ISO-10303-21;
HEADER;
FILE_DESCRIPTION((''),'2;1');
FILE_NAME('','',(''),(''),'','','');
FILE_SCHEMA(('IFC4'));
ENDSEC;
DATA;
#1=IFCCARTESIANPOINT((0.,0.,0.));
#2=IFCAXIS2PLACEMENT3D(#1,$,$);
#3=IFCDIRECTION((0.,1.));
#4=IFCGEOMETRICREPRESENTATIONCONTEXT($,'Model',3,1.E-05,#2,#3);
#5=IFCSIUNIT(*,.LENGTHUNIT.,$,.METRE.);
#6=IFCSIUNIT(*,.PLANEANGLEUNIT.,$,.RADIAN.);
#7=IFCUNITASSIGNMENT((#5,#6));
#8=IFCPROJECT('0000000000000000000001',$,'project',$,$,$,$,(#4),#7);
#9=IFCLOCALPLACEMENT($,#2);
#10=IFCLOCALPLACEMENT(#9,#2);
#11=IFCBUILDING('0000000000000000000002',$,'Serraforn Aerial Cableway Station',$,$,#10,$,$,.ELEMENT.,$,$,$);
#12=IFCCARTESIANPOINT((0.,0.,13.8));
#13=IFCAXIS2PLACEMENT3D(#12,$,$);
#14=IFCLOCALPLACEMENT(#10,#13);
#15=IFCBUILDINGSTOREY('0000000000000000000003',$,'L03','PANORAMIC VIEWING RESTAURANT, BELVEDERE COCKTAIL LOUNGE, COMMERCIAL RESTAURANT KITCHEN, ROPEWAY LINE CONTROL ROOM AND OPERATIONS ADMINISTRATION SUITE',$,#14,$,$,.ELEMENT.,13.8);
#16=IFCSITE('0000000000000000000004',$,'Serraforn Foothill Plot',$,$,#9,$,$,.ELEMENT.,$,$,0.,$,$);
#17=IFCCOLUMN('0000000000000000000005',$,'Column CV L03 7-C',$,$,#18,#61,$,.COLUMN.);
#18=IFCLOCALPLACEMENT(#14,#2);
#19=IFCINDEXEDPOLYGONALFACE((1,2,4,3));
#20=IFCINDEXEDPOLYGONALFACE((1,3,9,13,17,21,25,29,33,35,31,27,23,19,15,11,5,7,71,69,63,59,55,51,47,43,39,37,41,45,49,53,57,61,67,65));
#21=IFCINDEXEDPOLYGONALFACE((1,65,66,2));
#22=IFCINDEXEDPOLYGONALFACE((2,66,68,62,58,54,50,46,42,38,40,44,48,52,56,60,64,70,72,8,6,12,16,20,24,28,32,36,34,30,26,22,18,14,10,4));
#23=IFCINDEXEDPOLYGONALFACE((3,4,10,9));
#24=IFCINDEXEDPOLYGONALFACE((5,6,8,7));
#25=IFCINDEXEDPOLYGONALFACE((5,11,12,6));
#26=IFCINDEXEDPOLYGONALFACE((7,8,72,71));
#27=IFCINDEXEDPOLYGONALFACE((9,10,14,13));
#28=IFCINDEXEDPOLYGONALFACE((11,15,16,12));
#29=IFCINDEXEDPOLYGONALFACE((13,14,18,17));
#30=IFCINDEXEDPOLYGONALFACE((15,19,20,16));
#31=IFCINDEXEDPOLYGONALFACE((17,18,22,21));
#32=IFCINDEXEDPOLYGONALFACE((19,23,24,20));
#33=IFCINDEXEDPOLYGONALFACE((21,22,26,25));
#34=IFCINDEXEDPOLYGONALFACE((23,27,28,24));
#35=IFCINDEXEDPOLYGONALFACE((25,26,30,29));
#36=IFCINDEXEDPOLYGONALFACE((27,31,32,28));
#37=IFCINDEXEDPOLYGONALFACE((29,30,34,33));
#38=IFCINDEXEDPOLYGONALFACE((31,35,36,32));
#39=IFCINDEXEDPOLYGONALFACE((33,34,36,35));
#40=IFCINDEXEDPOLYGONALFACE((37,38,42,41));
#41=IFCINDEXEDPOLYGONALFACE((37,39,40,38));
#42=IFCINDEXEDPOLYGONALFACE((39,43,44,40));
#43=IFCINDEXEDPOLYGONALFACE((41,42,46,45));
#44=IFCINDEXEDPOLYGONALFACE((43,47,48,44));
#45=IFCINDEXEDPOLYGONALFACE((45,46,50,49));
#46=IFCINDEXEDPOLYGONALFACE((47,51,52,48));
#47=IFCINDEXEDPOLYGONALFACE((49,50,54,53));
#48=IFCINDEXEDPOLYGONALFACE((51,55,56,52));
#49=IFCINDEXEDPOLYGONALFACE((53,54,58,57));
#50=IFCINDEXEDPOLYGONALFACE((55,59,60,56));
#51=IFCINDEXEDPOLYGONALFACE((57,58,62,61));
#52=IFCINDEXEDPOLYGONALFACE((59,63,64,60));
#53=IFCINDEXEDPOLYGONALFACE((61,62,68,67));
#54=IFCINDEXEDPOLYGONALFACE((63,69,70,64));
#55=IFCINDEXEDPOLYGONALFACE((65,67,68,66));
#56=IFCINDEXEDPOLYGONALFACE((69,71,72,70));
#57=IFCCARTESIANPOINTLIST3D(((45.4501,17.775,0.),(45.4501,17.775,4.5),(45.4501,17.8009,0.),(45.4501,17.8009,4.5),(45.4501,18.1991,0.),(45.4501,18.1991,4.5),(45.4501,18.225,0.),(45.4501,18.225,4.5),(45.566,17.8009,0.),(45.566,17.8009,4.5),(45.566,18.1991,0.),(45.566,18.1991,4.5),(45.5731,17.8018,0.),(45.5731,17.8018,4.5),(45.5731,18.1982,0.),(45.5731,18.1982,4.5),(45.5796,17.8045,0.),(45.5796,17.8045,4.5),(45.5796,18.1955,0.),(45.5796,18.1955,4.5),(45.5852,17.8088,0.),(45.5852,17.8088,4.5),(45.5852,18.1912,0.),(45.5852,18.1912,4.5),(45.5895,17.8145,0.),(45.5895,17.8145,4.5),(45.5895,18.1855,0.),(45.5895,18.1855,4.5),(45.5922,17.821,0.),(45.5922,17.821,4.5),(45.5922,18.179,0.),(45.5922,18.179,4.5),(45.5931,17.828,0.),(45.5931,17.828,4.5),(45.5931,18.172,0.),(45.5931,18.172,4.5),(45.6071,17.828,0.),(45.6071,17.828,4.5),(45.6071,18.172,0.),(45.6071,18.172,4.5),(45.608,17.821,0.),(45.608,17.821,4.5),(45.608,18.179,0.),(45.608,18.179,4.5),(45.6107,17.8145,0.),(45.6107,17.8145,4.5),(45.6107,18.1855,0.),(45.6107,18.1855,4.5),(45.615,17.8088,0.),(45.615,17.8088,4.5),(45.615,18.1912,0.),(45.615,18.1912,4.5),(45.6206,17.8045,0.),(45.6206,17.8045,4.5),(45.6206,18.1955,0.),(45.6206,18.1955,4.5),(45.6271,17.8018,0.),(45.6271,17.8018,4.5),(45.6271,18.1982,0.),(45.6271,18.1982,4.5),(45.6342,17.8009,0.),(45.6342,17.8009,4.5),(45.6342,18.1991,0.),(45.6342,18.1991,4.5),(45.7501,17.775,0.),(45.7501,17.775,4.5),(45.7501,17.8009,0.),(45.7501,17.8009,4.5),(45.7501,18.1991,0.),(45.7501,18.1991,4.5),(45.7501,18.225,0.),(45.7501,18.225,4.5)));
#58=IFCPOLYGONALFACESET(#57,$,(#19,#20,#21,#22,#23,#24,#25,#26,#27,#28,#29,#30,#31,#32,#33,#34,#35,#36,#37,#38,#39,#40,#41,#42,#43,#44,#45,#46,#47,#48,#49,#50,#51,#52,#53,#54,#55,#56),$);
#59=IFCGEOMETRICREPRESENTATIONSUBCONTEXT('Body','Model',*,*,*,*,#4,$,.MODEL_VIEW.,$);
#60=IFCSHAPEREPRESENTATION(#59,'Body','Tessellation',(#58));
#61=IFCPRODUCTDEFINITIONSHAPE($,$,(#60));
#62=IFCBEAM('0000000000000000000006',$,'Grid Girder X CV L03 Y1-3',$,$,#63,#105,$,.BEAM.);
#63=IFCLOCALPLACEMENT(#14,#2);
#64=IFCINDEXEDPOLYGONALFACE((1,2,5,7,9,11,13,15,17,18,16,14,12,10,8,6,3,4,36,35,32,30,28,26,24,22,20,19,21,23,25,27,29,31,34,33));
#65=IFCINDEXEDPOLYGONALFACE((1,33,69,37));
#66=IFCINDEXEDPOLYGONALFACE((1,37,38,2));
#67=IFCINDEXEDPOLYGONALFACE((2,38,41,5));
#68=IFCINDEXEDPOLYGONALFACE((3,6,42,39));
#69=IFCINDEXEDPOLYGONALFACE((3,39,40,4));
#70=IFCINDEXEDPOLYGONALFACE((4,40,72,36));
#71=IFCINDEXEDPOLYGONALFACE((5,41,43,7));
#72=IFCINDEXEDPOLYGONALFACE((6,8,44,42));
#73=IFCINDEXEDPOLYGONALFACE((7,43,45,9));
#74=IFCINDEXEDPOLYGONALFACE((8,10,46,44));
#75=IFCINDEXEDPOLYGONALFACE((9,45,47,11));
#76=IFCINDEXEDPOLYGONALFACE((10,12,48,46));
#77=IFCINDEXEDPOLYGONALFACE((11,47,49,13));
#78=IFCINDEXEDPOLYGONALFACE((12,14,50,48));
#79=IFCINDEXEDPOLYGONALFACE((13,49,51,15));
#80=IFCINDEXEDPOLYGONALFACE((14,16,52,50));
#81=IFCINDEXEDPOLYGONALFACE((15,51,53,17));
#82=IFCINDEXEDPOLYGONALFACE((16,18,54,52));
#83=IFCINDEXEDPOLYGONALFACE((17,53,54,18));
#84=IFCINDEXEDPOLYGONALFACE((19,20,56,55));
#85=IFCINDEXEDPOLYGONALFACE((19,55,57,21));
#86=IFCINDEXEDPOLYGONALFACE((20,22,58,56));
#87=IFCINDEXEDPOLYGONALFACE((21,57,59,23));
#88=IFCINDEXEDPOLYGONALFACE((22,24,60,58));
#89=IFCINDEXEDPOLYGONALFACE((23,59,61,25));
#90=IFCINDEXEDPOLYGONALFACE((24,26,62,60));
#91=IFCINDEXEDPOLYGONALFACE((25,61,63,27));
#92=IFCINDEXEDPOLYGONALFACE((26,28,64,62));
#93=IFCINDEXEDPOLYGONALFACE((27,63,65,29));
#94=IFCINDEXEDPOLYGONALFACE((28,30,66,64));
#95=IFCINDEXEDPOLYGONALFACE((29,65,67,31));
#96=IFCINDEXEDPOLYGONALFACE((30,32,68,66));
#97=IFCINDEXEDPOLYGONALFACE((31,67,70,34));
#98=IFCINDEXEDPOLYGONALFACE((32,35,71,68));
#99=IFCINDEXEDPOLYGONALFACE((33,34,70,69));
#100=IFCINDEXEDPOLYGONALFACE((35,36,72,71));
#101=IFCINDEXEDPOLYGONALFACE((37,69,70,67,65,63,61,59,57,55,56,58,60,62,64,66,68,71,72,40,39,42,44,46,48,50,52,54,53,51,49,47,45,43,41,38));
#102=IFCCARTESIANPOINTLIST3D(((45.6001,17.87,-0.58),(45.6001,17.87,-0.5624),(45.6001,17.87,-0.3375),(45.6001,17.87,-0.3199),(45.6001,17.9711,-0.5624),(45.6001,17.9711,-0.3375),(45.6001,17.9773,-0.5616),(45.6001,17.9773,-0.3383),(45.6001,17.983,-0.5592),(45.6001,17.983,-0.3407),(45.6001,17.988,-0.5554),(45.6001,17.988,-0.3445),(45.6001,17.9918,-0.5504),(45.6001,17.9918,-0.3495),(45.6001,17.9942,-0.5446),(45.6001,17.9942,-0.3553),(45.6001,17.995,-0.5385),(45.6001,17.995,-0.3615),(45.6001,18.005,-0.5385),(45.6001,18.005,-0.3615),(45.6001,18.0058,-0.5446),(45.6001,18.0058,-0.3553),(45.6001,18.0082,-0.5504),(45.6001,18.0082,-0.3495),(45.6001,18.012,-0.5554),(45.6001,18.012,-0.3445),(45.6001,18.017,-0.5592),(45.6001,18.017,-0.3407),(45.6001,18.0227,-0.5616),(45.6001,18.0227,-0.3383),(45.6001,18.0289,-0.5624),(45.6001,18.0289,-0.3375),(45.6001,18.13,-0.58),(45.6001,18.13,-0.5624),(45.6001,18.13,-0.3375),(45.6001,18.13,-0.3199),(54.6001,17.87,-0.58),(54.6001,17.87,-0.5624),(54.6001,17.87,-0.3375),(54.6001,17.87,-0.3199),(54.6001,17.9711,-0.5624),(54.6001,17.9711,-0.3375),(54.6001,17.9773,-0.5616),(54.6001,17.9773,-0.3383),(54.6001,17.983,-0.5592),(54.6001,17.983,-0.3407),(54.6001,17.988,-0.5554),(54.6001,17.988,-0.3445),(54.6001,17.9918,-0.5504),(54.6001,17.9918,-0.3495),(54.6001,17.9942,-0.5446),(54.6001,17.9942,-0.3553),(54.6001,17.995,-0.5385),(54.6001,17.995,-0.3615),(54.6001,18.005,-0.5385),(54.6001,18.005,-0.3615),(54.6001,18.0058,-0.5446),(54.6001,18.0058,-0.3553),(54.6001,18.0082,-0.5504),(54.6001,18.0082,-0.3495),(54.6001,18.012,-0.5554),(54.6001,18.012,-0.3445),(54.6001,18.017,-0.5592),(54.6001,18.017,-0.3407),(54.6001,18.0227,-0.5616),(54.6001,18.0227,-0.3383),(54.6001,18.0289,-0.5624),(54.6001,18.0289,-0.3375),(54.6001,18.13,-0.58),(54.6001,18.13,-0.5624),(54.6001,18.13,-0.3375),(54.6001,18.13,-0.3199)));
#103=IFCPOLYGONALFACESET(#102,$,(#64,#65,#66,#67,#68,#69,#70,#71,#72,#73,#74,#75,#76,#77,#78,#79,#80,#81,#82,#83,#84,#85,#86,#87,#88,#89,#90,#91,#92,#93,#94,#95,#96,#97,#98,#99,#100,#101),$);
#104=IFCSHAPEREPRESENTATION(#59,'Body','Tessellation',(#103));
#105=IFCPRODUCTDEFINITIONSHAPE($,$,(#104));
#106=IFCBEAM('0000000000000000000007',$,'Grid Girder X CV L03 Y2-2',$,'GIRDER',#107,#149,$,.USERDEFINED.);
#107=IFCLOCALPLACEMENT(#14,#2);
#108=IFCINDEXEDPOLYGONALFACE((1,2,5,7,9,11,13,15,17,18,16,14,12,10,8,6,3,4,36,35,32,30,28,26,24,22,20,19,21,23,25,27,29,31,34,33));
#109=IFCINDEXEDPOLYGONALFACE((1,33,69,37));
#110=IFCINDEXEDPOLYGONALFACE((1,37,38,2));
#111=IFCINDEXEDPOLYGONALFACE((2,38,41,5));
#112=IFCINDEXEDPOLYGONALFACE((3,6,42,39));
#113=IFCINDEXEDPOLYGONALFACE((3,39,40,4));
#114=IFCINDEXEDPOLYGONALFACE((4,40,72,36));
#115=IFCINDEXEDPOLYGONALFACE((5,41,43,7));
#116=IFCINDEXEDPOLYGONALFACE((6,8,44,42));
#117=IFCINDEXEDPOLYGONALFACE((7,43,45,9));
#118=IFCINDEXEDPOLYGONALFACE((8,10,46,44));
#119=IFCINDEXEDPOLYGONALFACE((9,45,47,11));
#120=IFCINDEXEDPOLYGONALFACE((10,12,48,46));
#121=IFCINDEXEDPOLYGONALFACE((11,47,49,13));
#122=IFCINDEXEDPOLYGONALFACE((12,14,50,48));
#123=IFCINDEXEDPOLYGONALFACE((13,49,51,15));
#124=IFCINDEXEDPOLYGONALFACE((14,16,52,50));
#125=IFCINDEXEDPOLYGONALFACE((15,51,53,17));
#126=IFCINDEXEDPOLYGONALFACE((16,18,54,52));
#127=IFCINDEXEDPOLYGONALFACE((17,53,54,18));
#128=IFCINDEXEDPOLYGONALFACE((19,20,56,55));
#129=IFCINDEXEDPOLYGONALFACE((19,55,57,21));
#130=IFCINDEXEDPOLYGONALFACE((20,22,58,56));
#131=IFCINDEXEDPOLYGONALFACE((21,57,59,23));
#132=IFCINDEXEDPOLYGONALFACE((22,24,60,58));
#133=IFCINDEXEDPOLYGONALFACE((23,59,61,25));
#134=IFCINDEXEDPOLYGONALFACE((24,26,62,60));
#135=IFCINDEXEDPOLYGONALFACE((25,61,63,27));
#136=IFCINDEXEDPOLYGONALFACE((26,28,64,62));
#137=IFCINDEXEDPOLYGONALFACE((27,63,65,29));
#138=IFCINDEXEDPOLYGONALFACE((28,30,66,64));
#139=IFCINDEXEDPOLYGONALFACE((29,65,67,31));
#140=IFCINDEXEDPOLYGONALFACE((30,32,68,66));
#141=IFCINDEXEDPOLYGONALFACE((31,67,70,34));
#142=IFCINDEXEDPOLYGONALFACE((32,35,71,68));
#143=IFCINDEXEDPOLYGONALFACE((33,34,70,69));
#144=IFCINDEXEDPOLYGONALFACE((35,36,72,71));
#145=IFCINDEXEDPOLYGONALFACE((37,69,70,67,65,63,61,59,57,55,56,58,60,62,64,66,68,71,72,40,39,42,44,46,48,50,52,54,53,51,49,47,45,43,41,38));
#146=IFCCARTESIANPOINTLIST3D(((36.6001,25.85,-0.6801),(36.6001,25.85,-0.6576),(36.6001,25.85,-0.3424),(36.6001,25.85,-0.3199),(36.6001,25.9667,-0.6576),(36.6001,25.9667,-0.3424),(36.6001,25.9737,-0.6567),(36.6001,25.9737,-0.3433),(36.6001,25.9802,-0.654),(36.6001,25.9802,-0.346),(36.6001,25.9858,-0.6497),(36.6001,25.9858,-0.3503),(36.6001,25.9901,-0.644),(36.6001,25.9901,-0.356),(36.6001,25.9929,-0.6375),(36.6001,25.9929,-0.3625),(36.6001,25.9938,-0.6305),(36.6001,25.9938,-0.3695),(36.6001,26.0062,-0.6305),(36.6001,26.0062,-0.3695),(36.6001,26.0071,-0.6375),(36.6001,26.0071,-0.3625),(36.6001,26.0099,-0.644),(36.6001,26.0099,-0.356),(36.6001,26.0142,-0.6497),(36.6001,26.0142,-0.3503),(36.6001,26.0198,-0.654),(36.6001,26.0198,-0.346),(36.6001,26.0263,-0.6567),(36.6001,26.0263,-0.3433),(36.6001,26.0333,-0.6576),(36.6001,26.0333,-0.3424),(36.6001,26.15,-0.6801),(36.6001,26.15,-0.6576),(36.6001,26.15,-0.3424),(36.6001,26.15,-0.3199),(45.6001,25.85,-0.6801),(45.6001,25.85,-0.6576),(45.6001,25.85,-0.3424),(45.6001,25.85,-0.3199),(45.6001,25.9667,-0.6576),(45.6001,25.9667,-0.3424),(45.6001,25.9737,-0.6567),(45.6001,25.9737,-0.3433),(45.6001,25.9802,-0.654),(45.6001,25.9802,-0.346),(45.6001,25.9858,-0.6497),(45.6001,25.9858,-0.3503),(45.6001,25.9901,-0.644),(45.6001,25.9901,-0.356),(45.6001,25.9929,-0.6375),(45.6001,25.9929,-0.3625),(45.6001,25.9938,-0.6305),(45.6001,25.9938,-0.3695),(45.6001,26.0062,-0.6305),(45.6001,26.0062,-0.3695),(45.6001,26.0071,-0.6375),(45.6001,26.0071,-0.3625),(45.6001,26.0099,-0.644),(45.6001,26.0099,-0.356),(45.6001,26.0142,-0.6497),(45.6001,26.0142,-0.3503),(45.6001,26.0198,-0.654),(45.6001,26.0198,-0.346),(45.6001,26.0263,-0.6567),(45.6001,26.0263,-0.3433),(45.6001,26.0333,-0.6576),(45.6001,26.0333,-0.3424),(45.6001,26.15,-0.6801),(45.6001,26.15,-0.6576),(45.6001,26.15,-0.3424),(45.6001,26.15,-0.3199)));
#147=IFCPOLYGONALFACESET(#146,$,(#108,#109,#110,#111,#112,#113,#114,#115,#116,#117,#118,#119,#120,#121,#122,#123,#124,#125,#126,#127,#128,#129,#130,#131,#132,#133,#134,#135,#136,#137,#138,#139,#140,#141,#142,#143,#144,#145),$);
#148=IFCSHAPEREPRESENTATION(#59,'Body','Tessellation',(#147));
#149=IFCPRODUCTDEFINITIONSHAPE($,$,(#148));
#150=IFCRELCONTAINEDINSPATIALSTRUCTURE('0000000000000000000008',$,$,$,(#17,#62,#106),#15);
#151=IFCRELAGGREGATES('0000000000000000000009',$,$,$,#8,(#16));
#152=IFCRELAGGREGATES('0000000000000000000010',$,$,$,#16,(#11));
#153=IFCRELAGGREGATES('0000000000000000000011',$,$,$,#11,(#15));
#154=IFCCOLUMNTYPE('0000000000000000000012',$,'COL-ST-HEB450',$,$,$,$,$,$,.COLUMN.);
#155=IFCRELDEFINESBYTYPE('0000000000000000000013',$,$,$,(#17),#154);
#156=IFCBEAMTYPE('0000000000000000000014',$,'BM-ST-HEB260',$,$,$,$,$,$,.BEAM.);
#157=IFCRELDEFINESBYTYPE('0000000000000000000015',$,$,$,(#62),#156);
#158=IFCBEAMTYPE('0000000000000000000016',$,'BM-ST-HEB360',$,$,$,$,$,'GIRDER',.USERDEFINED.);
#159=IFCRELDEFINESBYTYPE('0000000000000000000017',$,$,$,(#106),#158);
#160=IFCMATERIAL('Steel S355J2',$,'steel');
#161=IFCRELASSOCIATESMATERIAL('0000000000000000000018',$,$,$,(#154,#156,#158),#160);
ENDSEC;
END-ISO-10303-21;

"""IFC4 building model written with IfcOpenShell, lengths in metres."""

from ifc_helpers import new_model, si_unit, direction, frame, origin, origin_2d, place, context, subcontext, project, spatial, i_section, extrude, material, material_profile, profile_set, type_object, element, save


model = new_model("IFC4")

# Units and contexts
model_context = context("Model", 3, precision=1e-05, world=origin(), true_north=direction((0.0, 1.0)))
body_context = subcontext(model_context, "Body", "Model", "MODEL_VIEW")
ifc_project = project(units=[si_unit("LENGTHUNIT", "METRE"), si_unit("PLANEANGLEUNIT", "RADIAN")], contexts=[model_context])

# Site, building, storey
site_placement = place(None, origin())
site = spatial("IfcSite", under=ifc_project, at=site_placement, Name="Serraforn Foothill Plot", CompositionType="ELEMENT", RefElevation=0.0)
building_placement = place(site_placement, origin())
building = spatial("IfcBuilding", under=site, at=building_placement, Name="Serraforn Aerial Cableway Station", CompositionType="ELEMENT")
storey_placement = place(building_placement, frame((0.0, 0.0, 13.8)))
storey = spatial("IfcBuildingStorey", under=building, at=storey_placement, Name="L03", Description="PANORAMIC VIEWING RESTAURANT, BELVEDERE COCKTAIL LOUNGE, COMMERCIAL RESTAURANT KITCHEN, ROPEWAY LINE CONTROL ROOM AND OPERATIONS ADMINISTRATION SUITE", CompositionType="ELEMENT", Elevation=13.8)

# Column
ifc_material_1 = material(Name="Steel S355J2", Category="steel")
ifc_material_profile_1 = material_profile(ifc_material_1, i_section(OverallWidth=0.3, OverallDepth=0.45, WebThickness=0.0139, FlangeThickness=0.0259, FilletRadius=0.0271, at=origin_2d()), Name="HEB 450")
ifc_profile_set_1 = profile_set([ifc_material_profile_1], Name="Steel S355J2")
column_type = type_object("IfcColumnType", Name="COL-ST-HEB450", PredefinedType="COLUMN", material=ifc_profile_set_1)
column_placement = place(storey_placement, frame((45.6001, 18.0, 0.0), z_axis=(0.0, 0.0, 1.0), x_axis=(1.0, 0.0, 0.0)))
element("IfcColumn", 1, at=column_placement, inside=storey, type_object=column_type, Name="Column CV L03 7-C", PredefinedType="COLUMN", context=body_context, shape_type="SweptSolid", body=[
    extrude(i_section(OverallWidth=0.3, OverallDepth=0.45, WebThickness=0.0139, FlangeThickness=0.0259, FilletRadius=0.0271, at=origin_2d()), origin(), (0.0, 0.0, 1.0), 4.5),
])

# Beams
ifc_material_profile_2 = material_profile(ifc_material_1, i_section(OverallWidth=0.26, OverallDepth=0.26, WebThickness=0.01, FlangeThickness=0.0176, FilletRadius=0.0239, at=origin_2d()), Name="HEB 260")
ifc_profile_set_2 = profile_set([ifc_material_profile_2], Name="Steel S355J2")
beam_type_1 = type_object("IfcBeamType", Name="BM-ST-HEB260", PredefinedType="BEAM", material=ifc_profile_set_2)
beam_1_placement = place(storey_placement, frame((45.6001, 18.0, -0.45), z_axis=(1.0, 0.0, 0.0), x_axis=(0.0, 1.0, 0.0)))
element("IfcBeam", 2, at=beam_1_placement, inside=storey, type_object=beam_type_1, Name="Grid Girder X CV L03 Y1-3", PredefinedType="BEAM", context=body_context, shape_type="SweptSolid", body=[
    extrude(i_section(OverallWidth=0.26, OverallDepth=0.26, WebThickness=0.01, FlangeThickness=0.0176, FilletRadius=0.0239, at=origin_2d()), origin(), (0.0, 0.0, 1.0), 9.0),
])
ifc_material_profile_3 = material_profile(ifc_material_1, i_section(OverallWidth=0.3, OverallDepth=0.3601, WebThickness=0.0125, FlangeThickness=0.0225, FilletRadius=0.0271, at=origin_2d()), Name="HEB 360")
ifc_profile_set_3 = profile_set([ifc_material_profile_3], Name="Steel S355J2")
beam_type_2 = type_object("IfcBeamType", Name="BM-ST-HEB360", ElementType="GIRDER", PredefinedType="USERDEFINED", material=ifc_profile_set_3)
beam_2_placement = place(storey_placement, frame((36.6001, 26.0, -0.5), z_axis=(1.0, 0.0, 0.0), x_axis=(0.0, 1.0, 0.0)))
element("IfcBeam", 3, at=beam_2_placement, inside=storey, type_object=beam_type_2, Name="Grid Girder X CV L03 Y2-2", ObjectType="GIRDER", PredefinedType="USERDEFINED", context=body_context, shape_type="SweptSolid", body=[
    extrude(i_section(OverallWidth=0.3, OverallDepth=0.3601, WebThickness=0.0125, FlangeThickness=0.0225, FilletRadius=0.0271, at=origin_2d()), origin(), (0.0, 0.0, 1.0), 9.0),
])

save(model, "model.ifc")
